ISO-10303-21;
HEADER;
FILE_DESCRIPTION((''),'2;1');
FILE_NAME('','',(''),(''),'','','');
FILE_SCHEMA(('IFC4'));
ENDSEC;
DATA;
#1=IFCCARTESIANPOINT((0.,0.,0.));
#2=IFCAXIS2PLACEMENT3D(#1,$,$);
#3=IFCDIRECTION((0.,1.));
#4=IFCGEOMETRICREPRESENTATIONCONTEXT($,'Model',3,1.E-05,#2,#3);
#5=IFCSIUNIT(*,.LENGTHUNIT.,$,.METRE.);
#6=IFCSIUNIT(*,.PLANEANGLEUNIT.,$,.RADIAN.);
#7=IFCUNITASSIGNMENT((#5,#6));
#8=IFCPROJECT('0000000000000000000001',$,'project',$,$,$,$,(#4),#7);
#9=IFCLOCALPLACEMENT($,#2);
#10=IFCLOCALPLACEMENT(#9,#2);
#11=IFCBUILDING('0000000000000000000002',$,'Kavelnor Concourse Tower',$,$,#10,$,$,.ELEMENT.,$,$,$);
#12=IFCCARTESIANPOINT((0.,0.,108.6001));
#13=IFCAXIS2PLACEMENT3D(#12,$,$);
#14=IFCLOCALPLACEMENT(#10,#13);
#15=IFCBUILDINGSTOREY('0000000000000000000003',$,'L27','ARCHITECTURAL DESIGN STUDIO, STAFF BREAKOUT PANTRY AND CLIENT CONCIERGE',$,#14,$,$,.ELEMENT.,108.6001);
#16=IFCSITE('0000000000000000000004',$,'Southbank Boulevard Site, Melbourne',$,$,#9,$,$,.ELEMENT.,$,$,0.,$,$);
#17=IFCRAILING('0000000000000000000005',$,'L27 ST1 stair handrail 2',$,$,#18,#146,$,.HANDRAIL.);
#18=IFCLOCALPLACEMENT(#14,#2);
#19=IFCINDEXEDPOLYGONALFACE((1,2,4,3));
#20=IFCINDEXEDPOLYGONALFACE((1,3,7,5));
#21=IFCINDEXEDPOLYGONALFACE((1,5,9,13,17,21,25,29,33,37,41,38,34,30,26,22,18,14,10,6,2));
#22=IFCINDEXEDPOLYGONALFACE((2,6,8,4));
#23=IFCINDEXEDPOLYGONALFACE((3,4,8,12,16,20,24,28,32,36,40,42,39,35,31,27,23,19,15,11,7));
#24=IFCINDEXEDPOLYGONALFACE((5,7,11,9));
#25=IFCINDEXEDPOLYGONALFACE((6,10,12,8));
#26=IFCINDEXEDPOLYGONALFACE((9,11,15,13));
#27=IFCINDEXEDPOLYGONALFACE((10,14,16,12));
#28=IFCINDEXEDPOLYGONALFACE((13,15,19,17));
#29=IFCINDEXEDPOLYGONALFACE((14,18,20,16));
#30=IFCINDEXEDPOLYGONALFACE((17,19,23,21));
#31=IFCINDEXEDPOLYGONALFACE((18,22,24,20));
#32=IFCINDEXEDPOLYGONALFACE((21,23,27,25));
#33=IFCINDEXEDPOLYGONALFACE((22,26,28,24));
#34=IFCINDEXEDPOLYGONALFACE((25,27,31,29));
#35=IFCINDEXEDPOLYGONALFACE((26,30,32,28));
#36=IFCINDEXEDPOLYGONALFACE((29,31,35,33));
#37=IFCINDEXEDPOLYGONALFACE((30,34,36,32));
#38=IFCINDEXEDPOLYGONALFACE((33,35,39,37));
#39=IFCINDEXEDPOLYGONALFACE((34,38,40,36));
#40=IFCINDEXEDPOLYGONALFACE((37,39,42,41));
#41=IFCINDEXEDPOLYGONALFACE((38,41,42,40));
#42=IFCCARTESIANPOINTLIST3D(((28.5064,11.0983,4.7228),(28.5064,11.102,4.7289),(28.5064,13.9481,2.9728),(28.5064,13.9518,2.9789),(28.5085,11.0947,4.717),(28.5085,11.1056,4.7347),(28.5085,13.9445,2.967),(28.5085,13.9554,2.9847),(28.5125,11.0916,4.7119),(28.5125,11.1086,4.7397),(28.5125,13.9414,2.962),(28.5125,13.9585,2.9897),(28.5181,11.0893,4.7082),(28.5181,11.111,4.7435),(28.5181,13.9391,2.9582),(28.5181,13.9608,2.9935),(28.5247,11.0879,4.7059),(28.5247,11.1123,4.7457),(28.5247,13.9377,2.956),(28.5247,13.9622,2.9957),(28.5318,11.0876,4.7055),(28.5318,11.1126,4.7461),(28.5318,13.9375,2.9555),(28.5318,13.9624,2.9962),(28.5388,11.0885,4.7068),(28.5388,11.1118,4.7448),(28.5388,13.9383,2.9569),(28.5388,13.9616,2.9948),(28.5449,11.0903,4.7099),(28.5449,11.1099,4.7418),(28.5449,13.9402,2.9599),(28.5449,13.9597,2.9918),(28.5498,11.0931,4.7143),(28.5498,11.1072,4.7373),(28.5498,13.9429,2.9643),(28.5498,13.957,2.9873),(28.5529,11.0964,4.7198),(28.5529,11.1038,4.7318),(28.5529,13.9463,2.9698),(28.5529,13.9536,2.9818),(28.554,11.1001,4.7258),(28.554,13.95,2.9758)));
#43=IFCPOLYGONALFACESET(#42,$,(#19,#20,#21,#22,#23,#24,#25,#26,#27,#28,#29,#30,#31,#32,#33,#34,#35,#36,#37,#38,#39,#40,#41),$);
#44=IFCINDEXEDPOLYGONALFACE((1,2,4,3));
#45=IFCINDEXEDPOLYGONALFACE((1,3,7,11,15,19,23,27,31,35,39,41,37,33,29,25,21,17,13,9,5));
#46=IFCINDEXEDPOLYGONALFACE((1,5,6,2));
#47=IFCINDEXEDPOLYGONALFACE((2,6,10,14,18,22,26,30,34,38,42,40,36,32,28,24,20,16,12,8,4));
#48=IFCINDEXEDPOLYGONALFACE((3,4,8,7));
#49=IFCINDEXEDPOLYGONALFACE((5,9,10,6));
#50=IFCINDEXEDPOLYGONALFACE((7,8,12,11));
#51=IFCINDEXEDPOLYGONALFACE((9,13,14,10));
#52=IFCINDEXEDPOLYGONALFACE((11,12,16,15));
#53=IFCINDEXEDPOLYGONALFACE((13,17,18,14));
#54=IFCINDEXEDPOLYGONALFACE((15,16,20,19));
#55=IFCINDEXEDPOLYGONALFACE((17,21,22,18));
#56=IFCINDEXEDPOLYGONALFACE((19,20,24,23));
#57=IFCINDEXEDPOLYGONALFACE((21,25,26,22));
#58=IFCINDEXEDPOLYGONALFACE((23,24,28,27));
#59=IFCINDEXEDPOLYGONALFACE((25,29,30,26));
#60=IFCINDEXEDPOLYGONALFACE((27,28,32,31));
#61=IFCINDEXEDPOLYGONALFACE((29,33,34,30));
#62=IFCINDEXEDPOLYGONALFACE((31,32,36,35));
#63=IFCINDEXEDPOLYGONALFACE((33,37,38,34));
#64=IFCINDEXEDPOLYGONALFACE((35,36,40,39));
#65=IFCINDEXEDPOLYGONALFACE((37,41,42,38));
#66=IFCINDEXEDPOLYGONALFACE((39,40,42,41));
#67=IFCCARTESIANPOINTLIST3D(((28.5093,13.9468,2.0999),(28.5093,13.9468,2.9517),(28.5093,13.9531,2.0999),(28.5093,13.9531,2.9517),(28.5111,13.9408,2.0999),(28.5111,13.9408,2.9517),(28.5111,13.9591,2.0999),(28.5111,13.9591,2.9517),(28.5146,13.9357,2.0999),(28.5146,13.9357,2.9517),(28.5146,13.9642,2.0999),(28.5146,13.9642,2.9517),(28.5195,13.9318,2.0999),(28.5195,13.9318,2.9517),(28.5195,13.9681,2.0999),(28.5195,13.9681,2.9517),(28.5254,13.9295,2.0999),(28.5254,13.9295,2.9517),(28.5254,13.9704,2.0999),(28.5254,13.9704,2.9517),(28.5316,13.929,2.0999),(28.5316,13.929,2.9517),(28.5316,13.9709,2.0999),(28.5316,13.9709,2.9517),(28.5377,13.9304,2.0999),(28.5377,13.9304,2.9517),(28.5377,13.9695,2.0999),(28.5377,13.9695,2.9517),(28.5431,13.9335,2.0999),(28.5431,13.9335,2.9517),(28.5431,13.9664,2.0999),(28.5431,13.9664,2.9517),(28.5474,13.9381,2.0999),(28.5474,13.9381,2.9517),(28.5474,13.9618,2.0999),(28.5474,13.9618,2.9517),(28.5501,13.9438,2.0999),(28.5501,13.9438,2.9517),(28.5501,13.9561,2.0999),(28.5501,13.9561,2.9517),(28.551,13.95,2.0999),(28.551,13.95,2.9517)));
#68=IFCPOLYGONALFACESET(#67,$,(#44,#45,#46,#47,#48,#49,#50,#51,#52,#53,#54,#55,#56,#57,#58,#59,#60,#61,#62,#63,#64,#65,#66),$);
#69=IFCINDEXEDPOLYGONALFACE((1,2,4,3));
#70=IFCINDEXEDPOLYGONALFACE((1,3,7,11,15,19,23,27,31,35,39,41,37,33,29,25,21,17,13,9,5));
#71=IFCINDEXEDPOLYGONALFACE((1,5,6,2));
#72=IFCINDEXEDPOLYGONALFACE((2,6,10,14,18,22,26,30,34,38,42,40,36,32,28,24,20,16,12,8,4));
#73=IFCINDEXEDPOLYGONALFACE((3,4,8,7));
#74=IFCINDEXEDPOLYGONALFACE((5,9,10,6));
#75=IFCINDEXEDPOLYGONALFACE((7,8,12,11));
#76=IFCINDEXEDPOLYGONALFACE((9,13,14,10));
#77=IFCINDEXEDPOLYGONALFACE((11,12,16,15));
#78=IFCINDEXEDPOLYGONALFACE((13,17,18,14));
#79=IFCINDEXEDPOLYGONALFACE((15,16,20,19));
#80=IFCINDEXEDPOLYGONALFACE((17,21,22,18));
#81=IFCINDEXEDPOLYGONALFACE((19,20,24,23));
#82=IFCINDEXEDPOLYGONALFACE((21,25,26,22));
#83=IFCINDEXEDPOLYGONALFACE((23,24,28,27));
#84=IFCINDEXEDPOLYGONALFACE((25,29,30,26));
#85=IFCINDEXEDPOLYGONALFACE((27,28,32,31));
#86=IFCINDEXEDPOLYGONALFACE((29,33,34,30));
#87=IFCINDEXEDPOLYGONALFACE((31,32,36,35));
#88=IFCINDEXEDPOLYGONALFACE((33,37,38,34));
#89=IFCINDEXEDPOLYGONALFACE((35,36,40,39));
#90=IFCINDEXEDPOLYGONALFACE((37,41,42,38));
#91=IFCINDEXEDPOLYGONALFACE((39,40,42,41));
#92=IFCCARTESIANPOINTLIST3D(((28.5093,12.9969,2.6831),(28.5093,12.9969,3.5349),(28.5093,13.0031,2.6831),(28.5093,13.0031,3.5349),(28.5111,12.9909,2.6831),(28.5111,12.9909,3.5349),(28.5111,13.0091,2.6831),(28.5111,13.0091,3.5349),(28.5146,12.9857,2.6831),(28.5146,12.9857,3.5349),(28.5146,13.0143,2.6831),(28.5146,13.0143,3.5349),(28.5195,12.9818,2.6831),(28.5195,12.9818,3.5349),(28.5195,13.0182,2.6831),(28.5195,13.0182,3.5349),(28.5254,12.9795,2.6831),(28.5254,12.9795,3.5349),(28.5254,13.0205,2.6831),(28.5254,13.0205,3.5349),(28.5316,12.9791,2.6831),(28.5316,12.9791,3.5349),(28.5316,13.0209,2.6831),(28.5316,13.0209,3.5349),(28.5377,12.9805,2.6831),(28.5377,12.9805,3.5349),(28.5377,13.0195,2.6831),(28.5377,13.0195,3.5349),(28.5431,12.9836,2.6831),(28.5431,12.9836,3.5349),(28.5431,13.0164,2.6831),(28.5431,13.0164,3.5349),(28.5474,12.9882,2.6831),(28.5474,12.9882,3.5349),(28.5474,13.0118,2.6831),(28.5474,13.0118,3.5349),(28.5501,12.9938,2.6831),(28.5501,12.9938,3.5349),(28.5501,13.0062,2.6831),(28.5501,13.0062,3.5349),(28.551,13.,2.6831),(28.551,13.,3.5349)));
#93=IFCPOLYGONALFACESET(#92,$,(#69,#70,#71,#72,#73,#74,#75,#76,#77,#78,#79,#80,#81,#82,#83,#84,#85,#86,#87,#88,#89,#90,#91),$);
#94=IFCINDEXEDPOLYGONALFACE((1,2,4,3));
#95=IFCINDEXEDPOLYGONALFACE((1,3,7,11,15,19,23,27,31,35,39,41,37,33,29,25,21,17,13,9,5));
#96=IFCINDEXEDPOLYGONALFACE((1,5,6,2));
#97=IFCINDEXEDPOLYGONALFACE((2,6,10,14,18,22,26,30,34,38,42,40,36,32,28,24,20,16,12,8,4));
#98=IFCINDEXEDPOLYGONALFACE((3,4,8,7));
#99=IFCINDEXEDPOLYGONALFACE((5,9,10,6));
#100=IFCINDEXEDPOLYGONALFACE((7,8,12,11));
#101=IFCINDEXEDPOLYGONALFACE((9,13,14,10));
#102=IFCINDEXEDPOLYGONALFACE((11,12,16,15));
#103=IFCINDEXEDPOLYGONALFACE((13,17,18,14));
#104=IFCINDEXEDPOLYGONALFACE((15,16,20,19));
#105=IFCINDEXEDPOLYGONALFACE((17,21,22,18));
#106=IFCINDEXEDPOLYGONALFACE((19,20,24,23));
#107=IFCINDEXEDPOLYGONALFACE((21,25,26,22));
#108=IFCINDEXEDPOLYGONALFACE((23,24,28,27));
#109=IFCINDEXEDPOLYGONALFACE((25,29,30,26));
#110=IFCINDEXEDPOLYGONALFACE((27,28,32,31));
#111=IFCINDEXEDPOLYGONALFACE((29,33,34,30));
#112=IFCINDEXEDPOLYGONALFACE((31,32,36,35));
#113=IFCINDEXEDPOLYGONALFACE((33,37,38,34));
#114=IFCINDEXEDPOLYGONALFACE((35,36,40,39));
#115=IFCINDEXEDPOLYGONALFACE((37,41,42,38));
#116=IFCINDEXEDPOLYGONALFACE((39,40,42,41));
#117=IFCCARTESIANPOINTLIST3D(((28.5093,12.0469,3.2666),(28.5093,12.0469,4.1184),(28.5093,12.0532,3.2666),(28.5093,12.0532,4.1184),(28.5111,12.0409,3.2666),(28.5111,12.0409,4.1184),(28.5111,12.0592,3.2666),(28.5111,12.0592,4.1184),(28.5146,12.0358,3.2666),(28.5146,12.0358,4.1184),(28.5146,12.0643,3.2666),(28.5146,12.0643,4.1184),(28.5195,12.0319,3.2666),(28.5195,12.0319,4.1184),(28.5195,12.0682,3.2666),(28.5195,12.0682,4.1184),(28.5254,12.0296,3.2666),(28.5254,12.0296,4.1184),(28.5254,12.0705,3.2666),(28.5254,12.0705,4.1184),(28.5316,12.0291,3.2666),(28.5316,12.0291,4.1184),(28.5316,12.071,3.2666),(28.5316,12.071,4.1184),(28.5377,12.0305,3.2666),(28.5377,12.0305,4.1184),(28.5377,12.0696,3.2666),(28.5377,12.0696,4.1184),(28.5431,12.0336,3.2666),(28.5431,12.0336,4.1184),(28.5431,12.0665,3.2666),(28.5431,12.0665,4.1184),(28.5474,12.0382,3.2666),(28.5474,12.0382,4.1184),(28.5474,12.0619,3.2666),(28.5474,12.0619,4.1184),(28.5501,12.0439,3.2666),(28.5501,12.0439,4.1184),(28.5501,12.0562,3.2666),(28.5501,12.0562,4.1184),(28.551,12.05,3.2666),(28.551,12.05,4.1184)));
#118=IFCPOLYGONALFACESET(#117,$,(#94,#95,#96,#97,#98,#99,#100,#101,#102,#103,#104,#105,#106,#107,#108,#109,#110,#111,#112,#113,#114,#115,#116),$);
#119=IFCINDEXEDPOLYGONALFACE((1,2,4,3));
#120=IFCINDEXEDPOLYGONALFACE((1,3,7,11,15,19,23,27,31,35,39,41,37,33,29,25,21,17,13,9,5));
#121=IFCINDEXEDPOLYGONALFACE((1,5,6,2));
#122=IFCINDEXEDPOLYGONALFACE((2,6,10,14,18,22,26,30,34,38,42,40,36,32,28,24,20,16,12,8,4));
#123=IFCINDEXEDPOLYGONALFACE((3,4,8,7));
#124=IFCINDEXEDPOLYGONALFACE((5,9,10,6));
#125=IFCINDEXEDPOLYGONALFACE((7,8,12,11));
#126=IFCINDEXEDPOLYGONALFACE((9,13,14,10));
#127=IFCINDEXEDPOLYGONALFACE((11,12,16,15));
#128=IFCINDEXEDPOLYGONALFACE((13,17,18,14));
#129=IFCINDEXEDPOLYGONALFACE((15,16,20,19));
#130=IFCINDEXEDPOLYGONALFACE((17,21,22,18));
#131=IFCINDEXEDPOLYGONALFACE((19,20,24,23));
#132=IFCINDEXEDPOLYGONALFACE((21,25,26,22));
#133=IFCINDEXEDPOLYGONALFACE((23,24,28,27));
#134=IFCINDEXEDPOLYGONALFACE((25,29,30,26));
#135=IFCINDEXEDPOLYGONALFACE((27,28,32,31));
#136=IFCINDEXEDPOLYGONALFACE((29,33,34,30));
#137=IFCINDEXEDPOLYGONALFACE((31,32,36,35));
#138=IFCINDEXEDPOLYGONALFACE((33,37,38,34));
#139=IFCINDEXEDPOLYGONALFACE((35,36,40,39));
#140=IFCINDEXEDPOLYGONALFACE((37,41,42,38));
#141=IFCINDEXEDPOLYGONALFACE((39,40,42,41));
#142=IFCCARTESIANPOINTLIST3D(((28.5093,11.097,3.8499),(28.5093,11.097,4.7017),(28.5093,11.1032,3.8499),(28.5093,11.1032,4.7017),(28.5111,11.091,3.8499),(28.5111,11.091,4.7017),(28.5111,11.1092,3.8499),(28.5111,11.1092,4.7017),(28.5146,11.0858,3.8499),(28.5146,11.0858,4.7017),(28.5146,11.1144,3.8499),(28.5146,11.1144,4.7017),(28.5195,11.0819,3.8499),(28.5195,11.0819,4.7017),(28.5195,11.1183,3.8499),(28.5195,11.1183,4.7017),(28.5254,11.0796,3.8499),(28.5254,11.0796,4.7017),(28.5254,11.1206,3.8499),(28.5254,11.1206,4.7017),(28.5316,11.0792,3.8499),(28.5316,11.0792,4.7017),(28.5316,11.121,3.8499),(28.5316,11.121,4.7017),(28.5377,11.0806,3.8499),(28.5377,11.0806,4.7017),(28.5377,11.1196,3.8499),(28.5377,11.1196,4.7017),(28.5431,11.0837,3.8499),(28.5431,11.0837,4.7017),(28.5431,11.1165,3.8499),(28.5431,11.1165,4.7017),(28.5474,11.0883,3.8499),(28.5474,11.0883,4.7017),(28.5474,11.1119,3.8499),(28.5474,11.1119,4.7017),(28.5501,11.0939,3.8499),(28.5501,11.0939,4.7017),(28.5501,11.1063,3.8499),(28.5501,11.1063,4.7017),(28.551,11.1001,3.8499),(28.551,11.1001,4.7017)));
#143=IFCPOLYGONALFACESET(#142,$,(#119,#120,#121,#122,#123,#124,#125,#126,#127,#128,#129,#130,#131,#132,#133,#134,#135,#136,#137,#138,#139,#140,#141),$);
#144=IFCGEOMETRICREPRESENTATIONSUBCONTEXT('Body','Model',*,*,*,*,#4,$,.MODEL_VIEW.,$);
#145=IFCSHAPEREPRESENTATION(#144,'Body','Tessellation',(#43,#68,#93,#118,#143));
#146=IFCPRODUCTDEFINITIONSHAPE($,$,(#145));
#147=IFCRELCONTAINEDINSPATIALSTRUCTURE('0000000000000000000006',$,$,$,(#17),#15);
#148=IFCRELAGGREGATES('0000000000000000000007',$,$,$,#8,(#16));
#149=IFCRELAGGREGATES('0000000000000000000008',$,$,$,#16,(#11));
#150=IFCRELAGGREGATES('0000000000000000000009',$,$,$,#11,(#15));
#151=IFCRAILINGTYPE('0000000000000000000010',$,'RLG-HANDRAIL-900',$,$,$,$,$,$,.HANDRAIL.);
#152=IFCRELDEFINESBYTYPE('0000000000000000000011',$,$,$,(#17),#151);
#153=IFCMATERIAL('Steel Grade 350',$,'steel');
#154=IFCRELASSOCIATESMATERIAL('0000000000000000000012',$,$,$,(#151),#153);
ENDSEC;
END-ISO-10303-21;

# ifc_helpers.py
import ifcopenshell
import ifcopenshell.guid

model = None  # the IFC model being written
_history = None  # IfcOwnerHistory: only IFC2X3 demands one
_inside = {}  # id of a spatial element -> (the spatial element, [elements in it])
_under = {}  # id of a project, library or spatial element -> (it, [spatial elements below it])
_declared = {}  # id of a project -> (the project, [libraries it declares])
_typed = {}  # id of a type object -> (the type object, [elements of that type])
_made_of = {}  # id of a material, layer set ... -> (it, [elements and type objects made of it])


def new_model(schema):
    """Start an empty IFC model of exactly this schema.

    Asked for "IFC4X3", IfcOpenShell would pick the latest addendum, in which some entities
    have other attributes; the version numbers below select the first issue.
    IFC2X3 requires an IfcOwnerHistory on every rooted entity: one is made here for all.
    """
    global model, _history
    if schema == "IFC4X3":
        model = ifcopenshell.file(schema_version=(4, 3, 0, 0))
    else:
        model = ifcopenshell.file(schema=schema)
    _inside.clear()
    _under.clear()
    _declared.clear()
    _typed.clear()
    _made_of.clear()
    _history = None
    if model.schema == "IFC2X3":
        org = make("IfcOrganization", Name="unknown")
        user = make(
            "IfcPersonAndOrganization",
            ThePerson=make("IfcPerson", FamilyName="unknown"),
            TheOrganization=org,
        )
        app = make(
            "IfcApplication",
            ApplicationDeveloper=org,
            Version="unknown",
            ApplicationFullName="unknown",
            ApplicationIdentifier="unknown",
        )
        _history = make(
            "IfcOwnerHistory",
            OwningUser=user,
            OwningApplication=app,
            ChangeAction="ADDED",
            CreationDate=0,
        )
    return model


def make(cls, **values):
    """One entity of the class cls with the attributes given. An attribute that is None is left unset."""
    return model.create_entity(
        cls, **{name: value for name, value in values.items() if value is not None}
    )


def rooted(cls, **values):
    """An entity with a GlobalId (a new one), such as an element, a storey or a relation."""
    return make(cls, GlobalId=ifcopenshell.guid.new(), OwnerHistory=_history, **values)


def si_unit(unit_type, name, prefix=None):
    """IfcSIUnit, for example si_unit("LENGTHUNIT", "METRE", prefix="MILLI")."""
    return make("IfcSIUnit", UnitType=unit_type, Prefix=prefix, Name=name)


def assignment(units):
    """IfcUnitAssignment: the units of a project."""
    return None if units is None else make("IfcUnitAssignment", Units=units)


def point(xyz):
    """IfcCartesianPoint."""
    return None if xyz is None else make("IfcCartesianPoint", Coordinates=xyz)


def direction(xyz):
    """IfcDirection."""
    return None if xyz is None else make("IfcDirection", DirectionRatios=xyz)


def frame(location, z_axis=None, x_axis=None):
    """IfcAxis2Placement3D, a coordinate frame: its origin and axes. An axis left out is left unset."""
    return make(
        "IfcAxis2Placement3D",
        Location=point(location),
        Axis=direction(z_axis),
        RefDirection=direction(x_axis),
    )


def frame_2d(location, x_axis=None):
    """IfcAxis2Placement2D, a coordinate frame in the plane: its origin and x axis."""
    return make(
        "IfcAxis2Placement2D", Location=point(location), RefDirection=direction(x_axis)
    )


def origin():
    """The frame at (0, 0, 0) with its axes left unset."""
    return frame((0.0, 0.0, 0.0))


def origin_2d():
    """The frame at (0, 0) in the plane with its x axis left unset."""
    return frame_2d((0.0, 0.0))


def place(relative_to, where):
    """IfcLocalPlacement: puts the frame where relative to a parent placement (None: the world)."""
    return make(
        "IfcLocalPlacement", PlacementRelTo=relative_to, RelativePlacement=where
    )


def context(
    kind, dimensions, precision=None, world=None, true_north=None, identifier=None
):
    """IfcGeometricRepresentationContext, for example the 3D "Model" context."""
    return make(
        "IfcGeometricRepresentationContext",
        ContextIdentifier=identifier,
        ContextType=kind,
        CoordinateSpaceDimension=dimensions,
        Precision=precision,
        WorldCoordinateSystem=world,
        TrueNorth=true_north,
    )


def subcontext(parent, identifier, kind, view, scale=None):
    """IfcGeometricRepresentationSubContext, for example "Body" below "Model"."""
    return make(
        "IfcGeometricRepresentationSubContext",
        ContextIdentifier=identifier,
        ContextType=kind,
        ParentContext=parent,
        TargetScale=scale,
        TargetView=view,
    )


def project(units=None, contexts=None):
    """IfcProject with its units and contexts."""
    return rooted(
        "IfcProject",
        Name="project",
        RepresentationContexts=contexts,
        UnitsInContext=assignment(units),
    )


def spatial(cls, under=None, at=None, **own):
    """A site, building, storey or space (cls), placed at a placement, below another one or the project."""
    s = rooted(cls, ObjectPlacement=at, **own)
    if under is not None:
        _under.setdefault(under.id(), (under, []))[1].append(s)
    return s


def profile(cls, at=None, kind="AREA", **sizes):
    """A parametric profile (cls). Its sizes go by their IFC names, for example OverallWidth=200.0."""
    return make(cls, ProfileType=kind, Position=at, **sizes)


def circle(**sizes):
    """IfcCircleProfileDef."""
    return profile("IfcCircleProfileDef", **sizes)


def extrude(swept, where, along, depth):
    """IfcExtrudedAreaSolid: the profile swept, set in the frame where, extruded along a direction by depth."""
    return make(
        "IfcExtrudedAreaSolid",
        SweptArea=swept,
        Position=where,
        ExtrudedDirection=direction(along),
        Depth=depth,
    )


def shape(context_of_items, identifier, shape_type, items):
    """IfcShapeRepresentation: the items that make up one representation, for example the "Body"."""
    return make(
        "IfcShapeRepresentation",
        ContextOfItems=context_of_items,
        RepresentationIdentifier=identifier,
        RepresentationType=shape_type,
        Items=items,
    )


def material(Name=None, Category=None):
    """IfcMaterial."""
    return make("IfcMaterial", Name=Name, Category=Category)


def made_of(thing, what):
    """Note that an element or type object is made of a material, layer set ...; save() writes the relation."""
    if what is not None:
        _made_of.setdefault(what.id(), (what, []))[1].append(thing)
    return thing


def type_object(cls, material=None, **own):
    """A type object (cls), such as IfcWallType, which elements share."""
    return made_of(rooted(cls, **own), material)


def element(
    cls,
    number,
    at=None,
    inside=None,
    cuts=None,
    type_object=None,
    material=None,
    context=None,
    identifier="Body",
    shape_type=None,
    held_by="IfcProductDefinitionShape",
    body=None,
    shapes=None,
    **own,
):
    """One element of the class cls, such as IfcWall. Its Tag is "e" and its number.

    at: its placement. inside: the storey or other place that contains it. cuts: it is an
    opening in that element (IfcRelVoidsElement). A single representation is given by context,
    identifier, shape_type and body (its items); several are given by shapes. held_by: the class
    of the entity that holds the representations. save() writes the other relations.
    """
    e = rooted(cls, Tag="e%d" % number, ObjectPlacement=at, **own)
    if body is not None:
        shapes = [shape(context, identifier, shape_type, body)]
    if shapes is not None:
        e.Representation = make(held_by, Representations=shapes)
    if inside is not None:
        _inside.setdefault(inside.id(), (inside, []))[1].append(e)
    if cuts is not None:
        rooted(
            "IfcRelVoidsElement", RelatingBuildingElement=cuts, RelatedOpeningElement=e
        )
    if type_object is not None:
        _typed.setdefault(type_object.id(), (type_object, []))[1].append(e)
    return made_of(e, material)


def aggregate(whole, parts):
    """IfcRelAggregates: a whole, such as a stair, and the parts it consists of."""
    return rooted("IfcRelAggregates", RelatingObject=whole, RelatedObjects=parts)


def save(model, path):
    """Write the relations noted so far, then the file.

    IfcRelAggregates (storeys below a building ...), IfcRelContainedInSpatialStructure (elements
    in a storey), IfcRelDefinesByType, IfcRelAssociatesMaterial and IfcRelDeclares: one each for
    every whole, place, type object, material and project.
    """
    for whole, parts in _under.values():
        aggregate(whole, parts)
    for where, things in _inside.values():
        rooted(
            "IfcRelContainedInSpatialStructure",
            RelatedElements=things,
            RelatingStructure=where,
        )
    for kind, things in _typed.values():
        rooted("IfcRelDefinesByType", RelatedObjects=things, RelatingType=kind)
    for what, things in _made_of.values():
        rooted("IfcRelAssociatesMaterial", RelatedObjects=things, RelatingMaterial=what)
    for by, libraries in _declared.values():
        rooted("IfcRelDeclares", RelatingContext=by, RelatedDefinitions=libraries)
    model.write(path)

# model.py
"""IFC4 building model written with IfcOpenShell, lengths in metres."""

from ifc_helpers import new_model, si_unit, direction, frame, origin, origin_2d, place, context, subcontext, project, spatial, circle, extrude, material, type_object, element, save


model = new_model("IFC4")

# Units and contexts
model_context = context("Model", 3, precision=1e-05, world=origin(), true_north=direction((0.0, 1.0)))
body_context = subcontext(model_context, "Body", "Model", "MODEL_VIEW")
ifc_project = project(units=[si_unit("LENGTHUNIT", "METRE"), si_unit("PLANEANGLEUNIT", "RADIAN")], contexts=[model_context])

# Site, building, storey
site_placement = place(None, origin())
site = spatial("IfcSite", under=ifc_project, at=site_placement, Name="Southbank Boulevard Site, Melbourne", CompositionType="ELEMENT", RefElevation=0.0)
building_placement = place(site_placement, origin())
building = spatial("IfcBuilding", under=site, at=building_placement, Name="Kavelnor Concourse Tower", CompositionType="ELEMENT")
storey_placement = place(building_placement, frame((0.0, 0.0, 108.6001)))
storey = spatial("IfcBuildingStorey", under=building, at=storey_placement, Name="L27", Description="ARCHITECTURAL DESIGN STUDIO, STAFF BREAKOUT PANTRY AND CLIENT CONCIERGE", CompositionType="ELEMENT", Elevation=108.6001)

# Shared definitions
ifc_material_1 = material(Name="Steel Grade 350", Category="steel")

# Railing
railing_type_1 = type_object("IfcRailingType", Name="RLG-HANDRAIL-900", PredefinedType="HANDRAIL", material=ifc_material_1)
railing_1_placement = place(storey_placement, frame((28.53, 13.95, 2.0999)))
element("IfcRailing", 1, at=railing_1_placement, inside=storey, type_object=railing_type_1, Name="L27 ST1 stair handrail 2", PredefinedType="HANDRAIL", context=body_context, shape_type="SweptSolid", body=[
    extrude(circle(Radius=0.0239, at=origin_2d()), frame((0.0, 0.0, 0.876), z_axis=(0.0, -0.852159, 0.523283), x_axis=(1.0, 0.0, 0.0)), (0.0, 0.0, 1.0), 3.3442),
    extrude(circle(Radius=0.021, at=origin_2d()), origin(), (0.0, 0.0, 1.0), 0.8518),
    extrude(circle(Radius=0.021, at=origin_2d()), frame((0.0, -0.95, 0.5833)), (0.0, 0.0, 1.0), 0.8518),
    extrude(circle(Radius=0.021, at=origin_2d()), frame((0.0, -1.8999, 1.1667)), (0.0, 0.0, 1.0), 0.8518),
    extrude(circle(Radius=0.021, at=origin_2d()), frame((0.0, -2.8499, 1.75)), (0.0, 0.0, 1.0), 0.8518),
])

save(model, "model.ifc")
